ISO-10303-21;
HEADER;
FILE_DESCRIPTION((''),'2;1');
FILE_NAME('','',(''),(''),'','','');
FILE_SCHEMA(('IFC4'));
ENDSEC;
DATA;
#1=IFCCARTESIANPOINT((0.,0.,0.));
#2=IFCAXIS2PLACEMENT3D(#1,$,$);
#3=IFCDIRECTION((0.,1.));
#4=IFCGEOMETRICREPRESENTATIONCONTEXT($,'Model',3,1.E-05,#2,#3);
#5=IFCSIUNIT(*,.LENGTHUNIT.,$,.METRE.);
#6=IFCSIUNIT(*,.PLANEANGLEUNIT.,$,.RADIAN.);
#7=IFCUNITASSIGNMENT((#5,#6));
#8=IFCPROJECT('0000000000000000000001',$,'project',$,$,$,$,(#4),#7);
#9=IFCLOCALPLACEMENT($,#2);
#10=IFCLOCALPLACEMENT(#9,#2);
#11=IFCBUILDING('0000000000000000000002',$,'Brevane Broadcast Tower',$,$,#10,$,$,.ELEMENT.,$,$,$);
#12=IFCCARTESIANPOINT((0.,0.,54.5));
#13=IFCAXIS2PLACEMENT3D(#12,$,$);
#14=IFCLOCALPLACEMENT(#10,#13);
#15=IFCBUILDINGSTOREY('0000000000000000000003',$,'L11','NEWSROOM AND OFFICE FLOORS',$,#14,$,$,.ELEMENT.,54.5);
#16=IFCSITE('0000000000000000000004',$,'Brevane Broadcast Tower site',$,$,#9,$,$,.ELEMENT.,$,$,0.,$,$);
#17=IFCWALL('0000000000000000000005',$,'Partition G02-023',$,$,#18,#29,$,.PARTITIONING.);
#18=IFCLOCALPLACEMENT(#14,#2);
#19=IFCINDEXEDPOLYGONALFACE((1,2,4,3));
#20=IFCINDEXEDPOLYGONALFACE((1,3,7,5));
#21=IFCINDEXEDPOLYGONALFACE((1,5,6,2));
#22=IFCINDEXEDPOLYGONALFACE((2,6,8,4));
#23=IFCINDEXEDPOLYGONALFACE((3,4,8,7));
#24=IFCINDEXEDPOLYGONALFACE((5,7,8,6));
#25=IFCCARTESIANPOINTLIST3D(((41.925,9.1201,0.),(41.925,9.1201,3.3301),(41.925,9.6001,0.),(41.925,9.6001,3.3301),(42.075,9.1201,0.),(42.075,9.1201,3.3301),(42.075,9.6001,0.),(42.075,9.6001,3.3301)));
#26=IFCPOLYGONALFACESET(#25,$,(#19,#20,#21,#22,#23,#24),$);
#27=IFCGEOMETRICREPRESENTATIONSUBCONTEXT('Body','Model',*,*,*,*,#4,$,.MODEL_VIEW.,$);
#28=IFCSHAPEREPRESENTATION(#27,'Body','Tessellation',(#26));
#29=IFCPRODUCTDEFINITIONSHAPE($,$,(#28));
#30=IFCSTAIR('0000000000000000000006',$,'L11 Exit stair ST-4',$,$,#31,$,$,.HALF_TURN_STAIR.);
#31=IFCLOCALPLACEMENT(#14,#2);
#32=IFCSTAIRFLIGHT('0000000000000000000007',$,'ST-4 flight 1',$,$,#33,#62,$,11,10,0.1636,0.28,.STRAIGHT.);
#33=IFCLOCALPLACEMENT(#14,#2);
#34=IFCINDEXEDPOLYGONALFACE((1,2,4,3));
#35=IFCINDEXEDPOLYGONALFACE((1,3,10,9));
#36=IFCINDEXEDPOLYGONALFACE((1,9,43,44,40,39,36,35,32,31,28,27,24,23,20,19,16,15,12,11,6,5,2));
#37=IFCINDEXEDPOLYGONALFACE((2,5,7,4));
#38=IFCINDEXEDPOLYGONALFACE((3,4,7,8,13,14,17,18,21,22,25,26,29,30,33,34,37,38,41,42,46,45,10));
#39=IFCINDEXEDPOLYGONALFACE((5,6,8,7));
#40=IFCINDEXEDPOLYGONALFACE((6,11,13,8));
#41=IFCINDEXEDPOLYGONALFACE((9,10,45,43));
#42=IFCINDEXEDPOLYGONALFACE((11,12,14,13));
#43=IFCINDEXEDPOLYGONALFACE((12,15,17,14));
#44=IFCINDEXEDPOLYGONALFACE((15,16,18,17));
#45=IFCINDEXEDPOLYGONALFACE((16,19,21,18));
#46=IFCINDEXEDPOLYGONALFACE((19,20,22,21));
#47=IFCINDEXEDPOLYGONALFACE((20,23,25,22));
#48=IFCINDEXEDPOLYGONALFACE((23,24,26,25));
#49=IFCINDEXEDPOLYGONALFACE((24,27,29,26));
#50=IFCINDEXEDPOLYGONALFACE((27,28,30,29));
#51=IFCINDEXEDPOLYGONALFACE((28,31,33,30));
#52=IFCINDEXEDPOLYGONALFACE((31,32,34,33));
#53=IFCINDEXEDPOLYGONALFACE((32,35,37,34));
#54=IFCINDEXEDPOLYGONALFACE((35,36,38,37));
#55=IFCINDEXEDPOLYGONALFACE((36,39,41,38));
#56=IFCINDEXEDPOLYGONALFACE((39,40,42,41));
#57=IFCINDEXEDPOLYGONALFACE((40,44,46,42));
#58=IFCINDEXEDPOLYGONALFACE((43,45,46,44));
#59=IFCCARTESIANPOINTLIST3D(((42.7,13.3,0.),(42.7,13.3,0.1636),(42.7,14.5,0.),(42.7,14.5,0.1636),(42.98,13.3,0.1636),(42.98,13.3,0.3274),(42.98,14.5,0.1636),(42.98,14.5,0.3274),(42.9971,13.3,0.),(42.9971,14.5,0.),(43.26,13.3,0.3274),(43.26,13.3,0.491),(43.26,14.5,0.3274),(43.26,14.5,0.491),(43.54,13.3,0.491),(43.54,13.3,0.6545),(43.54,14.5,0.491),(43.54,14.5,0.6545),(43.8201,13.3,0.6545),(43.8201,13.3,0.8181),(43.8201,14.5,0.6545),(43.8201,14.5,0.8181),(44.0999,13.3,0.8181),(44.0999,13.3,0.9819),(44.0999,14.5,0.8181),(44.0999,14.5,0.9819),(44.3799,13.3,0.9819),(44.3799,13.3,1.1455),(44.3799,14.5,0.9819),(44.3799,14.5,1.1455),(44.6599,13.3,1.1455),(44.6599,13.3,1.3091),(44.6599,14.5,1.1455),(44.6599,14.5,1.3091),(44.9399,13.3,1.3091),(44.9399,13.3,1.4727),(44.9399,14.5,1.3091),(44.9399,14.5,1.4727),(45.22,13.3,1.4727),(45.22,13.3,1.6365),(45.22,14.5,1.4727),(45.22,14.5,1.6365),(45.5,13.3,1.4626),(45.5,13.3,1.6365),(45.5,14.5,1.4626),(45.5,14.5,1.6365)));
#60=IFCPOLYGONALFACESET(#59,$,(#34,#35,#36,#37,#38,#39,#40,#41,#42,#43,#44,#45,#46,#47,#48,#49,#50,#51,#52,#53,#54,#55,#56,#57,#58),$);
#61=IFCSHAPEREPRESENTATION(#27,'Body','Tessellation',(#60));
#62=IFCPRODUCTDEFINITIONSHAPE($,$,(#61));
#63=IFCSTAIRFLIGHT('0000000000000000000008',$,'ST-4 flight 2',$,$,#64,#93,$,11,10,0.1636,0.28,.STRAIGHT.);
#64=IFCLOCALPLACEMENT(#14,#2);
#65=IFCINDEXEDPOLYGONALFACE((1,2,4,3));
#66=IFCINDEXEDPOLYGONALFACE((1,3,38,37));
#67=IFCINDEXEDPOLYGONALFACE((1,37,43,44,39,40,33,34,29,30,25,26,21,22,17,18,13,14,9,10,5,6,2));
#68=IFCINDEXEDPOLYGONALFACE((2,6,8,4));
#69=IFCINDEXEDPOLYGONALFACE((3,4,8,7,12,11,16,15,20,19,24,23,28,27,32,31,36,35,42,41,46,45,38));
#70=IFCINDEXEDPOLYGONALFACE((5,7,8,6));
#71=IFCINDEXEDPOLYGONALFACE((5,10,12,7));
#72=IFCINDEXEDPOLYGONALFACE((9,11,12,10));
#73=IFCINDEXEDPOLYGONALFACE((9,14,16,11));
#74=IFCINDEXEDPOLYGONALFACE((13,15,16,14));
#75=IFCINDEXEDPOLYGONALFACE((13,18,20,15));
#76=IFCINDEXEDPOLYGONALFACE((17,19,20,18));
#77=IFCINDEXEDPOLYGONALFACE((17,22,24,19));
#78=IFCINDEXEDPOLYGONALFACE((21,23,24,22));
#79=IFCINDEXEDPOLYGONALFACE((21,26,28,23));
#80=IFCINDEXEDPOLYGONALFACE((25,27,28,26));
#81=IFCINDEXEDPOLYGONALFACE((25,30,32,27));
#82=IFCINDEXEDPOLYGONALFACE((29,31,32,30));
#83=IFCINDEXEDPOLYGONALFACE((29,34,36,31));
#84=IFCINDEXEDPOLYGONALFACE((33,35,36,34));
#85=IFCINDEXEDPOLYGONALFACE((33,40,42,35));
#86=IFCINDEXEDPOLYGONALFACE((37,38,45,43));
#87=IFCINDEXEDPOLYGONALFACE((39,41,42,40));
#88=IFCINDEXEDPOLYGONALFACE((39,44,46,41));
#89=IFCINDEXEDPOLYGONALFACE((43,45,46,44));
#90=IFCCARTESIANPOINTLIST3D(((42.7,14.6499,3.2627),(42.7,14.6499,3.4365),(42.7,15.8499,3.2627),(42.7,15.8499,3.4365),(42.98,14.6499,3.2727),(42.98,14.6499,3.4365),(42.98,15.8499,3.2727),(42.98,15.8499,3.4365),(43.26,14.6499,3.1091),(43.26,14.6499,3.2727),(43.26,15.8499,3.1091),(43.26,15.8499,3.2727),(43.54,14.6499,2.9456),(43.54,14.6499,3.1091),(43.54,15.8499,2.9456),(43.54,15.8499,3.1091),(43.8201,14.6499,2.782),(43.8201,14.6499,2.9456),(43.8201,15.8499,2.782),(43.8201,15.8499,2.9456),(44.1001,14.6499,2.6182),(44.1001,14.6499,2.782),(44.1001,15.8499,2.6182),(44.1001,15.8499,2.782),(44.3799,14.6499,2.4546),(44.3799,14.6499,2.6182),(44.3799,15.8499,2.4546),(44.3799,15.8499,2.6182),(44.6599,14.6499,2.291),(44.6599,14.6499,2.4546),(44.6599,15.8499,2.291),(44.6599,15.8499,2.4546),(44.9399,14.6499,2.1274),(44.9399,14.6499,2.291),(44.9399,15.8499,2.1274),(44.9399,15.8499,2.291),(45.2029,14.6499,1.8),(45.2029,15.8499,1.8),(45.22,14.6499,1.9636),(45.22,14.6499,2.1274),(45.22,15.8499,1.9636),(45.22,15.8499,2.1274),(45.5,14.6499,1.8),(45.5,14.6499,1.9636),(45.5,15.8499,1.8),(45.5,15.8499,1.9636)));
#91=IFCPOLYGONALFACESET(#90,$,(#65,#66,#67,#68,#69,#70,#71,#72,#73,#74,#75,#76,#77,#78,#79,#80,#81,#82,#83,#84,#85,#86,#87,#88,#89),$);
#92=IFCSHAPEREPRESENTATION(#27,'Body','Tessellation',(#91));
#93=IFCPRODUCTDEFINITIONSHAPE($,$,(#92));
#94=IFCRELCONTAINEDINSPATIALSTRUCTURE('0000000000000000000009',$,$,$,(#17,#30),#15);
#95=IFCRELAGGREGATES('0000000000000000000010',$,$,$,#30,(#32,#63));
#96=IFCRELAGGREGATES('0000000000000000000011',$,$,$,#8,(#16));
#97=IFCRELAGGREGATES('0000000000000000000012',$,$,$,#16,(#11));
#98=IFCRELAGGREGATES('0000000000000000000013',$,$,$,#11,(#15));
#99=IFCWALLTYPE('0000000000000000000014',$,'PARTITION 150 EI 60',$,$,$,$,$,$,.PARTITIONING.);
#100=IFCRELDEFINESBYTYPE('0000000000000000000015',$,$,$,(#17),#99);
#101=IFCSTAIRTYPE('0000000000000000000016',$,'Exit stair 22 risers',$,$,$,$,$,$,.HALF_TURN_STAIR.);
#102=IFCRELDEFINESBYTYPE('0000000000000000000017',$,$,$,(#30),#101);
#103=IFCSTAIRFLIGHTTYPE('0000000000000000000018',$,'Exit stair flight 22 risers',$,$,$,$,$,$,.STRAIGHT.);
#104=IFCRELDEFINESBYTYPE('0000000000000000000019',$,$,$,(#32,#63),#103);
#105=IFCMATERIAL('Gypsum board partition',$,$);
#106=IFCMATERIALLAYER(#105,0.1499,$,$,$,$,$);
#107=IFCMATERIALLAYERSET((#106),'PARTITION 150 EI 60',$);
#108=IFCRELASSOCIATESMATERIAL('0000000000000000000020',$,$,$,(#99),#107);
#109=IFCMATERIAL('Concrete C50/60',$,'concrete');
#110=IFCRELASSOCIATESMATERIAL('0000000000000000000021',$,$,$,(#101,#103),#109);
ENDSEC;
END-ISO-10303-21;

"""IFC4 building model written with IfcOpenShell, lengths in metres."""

from ifc_helpers import new_model, si_unit, direction, frame, frame_2d, origin, place, context, subcontext, project, spatial, polyline, rectangle, outline, extrude, material, layer, layer_set, type_object, element, aggregate, save


model = new_model("IFC4")

# Units and contexts
model_context = context("Model", 3, precision=1e-05, world=origin(), true_north=direction((0.0, 1.0)))
body_context = subcontext(model_context, "Body", "Model", "MODEL_VIEW")
ifc_project = project(units=[si_unit("LENGTHUNIT", "METRE"), si_unit("PLANEANGLEUNIT", "RADIAN")], contexts=[model_context])

# Site, building, storey
site_placement = place(None, origin())
site = spatial("IfcSite", under=ifc_project, at=site_placement, Name="Brevane Broadcast Tower site", CompositionType="ELEMENT", RefElevation=0.0)
building_placement = place(site_placement, origin())
building = spatial("IfcBuilding", under=site, at=building_placement, Name="Brevane Broadcast Tower", CompositionType="ELEMENT")
storey_placement = place(building_placement, frame((0.0, 0.0, 54.5)))
storey = spatial("IfcBuildingStorey", under=building, at=storey_placement, Name="L11", Description="NEWSROOM AND OFFICE FLOORS", CompositionType="ELEMENT", Elevation=54.5)

# Shared definitions
ifc_material_1 = material(Name="Gypsum board partition")

# Shared definitions
ifc_layer_1 = layer(ifc_material_1, 0.1499)
ifc_layer_set_1 = layer_set([ifc_layer_1], Name="PARTITION 150 EI 60")
wall_type_1 = type_object("IfcWallType", Name="PARTITION 150 EI 60", PredefinedType="PARTITIONING", material=ifc_layer_set_1)

# Wall
wall_1_placement = place(storey_placement, frame((42.0, 9.6001, 0.0), z_axis=(0.0, 0.0, 1.0), x_axis=(0.0, -1.0, 0.0)))
element("IfcWall", 1, at=wall_1_placement, inside=storey, type_object=wall_type_1, Name="Partition G02-023", PredefinedType="PARTITIONING", context=body_context, shape_type="SweptSolid", body=[
    extrude(rectangle(XDim=0.48, YDim=0.1499, at=frame_2d((0.24, 0.0))), origin(), (0.0, 0.0, 1.0), 3.3301),
])

# Stair, stair flights
ifc_material_2 = material(Name="Concrete C50/60", Category="concrete")
stair_type = type_object("IfcStairType", Name="Exit stair 22 risers", PredefinedType="HALF_TURN_STAIR", material=ifc_material_2)
stair_placement = place(storey_placement, origin())
stair = element("IfcStair", 2, at=stair_placement, inside=storey, type_object=stair_type, Name="L11 Exit stair ST-4", PredefinedType="HALF_TURN_STAIR")
stair_flight_type = type_object("IfcStairFlightType", Name="Exit stair flight 22 risers", PredefinedType="STRAIGHT", material=ifc_material_2)
stair_flight_1_placement = place(storey_placement, frame((42.7, 13.8999, 0.0), z_axis=(0.0, 0.0, 1.0), x_axis=(1.0, 0.0, 0.0)))
stair_flight_1 = element("IfcStairFlight", 3, at=stair_flight_1_placement, type_object=stair_flight_type, Name="ST-4 flight 1", NumberOfRisers=11, NumberOfTreads=10, PredefinedType="STRAIGHT", RiserHeight=0.1636, TreadLength=0.28, context=body_context, shape_type="SweptSolid", body=[
    extrude(outline(polyline([(0.0, 0.0), (0.0, 0.1636), (0.28, 0.1636), (0.28, 0.3274), (0.5601, 0.3274), (0.5601, 0.491), (0.8401, 0.491), (0.8401, 0.6545), (1.1201, 0.6545), (1.1201, 0.8181), (1.3999, 0.8181), (1.3999, 0.9819), (1.6799, 0.9819), (1.6799, 1.1455), (1.96, 1.1455), (1.96, 1.3091), (2.24, 1.3091), (2.24, 1.4727), (2.52, 1.4727), (2.52, 1.6365), (2.8, 1.6365), (2.8, 1.8), (2.8, 1.4626), (0.2971, 0.0), (0.0, 0.0)])), frame((0.0, 0.6001, 0.0), z_axis=(0.0, -1.0, 0.0), x_axis=(1.0, 0.0, 0.0)), (0.0, 0.0, 1.0), 1.2),
])
stair_flight_2_placement = place(storey_placement, frame((45.5, 15.25, 1.8), z_axis=(0.0, 0.0, 1.0), x_axis=(-1.0, 0.0, 0.0)))
stair_flight_2 = element("IfcStairFlight", 4, at=stair_flight_2_placement, type_object=stair_flight_type, Name="ST-4 flight 2", NumberOfRisers=11, NumberOfTreads=10, PredefinedType="STRAIGHT", RiserHeight=0.1636, TreadLength=0.28, context=body_context, shape_type="SweptSolid", body=[
    extrude(outline(polyline([(0.0, 0.0), (0.0, 0.1636), (0.28, 0.1636), (0.28, 0.3274), (0.5601, 0.3274), (0.5601, 0.491), (0.8401, 0.491), (0.8401, 0.6545), (1.1201, 0.6545), (1.1201, 0.8181), (1.3999, 0.8181), (1.3999, 0.9819), (1.6799, 0.9819), (1.6799, 1.1455), (1.96, 1.1455), (1.96, 1.3091), (2.24, 1.3091), (2.24, 1.4727), (2.52, 1.4727), (2.52, 1.6365), (2.8, 1.6365), (2.8, 1.8), (2.8, 1.4626), (0.2971, 0.0), (0.0, 0.0)])), frame((0.0, 0.6001, 0.0), z_axis=(0.0, -1.0, 0.0), x_axis=(1.0, 0.0, 0.0)), (0.0, 0.0, 1.0), 1.2),
])
aggregate(stair, [stair_flight_1, stair_flight_2])

save(model, "model.ifc")
